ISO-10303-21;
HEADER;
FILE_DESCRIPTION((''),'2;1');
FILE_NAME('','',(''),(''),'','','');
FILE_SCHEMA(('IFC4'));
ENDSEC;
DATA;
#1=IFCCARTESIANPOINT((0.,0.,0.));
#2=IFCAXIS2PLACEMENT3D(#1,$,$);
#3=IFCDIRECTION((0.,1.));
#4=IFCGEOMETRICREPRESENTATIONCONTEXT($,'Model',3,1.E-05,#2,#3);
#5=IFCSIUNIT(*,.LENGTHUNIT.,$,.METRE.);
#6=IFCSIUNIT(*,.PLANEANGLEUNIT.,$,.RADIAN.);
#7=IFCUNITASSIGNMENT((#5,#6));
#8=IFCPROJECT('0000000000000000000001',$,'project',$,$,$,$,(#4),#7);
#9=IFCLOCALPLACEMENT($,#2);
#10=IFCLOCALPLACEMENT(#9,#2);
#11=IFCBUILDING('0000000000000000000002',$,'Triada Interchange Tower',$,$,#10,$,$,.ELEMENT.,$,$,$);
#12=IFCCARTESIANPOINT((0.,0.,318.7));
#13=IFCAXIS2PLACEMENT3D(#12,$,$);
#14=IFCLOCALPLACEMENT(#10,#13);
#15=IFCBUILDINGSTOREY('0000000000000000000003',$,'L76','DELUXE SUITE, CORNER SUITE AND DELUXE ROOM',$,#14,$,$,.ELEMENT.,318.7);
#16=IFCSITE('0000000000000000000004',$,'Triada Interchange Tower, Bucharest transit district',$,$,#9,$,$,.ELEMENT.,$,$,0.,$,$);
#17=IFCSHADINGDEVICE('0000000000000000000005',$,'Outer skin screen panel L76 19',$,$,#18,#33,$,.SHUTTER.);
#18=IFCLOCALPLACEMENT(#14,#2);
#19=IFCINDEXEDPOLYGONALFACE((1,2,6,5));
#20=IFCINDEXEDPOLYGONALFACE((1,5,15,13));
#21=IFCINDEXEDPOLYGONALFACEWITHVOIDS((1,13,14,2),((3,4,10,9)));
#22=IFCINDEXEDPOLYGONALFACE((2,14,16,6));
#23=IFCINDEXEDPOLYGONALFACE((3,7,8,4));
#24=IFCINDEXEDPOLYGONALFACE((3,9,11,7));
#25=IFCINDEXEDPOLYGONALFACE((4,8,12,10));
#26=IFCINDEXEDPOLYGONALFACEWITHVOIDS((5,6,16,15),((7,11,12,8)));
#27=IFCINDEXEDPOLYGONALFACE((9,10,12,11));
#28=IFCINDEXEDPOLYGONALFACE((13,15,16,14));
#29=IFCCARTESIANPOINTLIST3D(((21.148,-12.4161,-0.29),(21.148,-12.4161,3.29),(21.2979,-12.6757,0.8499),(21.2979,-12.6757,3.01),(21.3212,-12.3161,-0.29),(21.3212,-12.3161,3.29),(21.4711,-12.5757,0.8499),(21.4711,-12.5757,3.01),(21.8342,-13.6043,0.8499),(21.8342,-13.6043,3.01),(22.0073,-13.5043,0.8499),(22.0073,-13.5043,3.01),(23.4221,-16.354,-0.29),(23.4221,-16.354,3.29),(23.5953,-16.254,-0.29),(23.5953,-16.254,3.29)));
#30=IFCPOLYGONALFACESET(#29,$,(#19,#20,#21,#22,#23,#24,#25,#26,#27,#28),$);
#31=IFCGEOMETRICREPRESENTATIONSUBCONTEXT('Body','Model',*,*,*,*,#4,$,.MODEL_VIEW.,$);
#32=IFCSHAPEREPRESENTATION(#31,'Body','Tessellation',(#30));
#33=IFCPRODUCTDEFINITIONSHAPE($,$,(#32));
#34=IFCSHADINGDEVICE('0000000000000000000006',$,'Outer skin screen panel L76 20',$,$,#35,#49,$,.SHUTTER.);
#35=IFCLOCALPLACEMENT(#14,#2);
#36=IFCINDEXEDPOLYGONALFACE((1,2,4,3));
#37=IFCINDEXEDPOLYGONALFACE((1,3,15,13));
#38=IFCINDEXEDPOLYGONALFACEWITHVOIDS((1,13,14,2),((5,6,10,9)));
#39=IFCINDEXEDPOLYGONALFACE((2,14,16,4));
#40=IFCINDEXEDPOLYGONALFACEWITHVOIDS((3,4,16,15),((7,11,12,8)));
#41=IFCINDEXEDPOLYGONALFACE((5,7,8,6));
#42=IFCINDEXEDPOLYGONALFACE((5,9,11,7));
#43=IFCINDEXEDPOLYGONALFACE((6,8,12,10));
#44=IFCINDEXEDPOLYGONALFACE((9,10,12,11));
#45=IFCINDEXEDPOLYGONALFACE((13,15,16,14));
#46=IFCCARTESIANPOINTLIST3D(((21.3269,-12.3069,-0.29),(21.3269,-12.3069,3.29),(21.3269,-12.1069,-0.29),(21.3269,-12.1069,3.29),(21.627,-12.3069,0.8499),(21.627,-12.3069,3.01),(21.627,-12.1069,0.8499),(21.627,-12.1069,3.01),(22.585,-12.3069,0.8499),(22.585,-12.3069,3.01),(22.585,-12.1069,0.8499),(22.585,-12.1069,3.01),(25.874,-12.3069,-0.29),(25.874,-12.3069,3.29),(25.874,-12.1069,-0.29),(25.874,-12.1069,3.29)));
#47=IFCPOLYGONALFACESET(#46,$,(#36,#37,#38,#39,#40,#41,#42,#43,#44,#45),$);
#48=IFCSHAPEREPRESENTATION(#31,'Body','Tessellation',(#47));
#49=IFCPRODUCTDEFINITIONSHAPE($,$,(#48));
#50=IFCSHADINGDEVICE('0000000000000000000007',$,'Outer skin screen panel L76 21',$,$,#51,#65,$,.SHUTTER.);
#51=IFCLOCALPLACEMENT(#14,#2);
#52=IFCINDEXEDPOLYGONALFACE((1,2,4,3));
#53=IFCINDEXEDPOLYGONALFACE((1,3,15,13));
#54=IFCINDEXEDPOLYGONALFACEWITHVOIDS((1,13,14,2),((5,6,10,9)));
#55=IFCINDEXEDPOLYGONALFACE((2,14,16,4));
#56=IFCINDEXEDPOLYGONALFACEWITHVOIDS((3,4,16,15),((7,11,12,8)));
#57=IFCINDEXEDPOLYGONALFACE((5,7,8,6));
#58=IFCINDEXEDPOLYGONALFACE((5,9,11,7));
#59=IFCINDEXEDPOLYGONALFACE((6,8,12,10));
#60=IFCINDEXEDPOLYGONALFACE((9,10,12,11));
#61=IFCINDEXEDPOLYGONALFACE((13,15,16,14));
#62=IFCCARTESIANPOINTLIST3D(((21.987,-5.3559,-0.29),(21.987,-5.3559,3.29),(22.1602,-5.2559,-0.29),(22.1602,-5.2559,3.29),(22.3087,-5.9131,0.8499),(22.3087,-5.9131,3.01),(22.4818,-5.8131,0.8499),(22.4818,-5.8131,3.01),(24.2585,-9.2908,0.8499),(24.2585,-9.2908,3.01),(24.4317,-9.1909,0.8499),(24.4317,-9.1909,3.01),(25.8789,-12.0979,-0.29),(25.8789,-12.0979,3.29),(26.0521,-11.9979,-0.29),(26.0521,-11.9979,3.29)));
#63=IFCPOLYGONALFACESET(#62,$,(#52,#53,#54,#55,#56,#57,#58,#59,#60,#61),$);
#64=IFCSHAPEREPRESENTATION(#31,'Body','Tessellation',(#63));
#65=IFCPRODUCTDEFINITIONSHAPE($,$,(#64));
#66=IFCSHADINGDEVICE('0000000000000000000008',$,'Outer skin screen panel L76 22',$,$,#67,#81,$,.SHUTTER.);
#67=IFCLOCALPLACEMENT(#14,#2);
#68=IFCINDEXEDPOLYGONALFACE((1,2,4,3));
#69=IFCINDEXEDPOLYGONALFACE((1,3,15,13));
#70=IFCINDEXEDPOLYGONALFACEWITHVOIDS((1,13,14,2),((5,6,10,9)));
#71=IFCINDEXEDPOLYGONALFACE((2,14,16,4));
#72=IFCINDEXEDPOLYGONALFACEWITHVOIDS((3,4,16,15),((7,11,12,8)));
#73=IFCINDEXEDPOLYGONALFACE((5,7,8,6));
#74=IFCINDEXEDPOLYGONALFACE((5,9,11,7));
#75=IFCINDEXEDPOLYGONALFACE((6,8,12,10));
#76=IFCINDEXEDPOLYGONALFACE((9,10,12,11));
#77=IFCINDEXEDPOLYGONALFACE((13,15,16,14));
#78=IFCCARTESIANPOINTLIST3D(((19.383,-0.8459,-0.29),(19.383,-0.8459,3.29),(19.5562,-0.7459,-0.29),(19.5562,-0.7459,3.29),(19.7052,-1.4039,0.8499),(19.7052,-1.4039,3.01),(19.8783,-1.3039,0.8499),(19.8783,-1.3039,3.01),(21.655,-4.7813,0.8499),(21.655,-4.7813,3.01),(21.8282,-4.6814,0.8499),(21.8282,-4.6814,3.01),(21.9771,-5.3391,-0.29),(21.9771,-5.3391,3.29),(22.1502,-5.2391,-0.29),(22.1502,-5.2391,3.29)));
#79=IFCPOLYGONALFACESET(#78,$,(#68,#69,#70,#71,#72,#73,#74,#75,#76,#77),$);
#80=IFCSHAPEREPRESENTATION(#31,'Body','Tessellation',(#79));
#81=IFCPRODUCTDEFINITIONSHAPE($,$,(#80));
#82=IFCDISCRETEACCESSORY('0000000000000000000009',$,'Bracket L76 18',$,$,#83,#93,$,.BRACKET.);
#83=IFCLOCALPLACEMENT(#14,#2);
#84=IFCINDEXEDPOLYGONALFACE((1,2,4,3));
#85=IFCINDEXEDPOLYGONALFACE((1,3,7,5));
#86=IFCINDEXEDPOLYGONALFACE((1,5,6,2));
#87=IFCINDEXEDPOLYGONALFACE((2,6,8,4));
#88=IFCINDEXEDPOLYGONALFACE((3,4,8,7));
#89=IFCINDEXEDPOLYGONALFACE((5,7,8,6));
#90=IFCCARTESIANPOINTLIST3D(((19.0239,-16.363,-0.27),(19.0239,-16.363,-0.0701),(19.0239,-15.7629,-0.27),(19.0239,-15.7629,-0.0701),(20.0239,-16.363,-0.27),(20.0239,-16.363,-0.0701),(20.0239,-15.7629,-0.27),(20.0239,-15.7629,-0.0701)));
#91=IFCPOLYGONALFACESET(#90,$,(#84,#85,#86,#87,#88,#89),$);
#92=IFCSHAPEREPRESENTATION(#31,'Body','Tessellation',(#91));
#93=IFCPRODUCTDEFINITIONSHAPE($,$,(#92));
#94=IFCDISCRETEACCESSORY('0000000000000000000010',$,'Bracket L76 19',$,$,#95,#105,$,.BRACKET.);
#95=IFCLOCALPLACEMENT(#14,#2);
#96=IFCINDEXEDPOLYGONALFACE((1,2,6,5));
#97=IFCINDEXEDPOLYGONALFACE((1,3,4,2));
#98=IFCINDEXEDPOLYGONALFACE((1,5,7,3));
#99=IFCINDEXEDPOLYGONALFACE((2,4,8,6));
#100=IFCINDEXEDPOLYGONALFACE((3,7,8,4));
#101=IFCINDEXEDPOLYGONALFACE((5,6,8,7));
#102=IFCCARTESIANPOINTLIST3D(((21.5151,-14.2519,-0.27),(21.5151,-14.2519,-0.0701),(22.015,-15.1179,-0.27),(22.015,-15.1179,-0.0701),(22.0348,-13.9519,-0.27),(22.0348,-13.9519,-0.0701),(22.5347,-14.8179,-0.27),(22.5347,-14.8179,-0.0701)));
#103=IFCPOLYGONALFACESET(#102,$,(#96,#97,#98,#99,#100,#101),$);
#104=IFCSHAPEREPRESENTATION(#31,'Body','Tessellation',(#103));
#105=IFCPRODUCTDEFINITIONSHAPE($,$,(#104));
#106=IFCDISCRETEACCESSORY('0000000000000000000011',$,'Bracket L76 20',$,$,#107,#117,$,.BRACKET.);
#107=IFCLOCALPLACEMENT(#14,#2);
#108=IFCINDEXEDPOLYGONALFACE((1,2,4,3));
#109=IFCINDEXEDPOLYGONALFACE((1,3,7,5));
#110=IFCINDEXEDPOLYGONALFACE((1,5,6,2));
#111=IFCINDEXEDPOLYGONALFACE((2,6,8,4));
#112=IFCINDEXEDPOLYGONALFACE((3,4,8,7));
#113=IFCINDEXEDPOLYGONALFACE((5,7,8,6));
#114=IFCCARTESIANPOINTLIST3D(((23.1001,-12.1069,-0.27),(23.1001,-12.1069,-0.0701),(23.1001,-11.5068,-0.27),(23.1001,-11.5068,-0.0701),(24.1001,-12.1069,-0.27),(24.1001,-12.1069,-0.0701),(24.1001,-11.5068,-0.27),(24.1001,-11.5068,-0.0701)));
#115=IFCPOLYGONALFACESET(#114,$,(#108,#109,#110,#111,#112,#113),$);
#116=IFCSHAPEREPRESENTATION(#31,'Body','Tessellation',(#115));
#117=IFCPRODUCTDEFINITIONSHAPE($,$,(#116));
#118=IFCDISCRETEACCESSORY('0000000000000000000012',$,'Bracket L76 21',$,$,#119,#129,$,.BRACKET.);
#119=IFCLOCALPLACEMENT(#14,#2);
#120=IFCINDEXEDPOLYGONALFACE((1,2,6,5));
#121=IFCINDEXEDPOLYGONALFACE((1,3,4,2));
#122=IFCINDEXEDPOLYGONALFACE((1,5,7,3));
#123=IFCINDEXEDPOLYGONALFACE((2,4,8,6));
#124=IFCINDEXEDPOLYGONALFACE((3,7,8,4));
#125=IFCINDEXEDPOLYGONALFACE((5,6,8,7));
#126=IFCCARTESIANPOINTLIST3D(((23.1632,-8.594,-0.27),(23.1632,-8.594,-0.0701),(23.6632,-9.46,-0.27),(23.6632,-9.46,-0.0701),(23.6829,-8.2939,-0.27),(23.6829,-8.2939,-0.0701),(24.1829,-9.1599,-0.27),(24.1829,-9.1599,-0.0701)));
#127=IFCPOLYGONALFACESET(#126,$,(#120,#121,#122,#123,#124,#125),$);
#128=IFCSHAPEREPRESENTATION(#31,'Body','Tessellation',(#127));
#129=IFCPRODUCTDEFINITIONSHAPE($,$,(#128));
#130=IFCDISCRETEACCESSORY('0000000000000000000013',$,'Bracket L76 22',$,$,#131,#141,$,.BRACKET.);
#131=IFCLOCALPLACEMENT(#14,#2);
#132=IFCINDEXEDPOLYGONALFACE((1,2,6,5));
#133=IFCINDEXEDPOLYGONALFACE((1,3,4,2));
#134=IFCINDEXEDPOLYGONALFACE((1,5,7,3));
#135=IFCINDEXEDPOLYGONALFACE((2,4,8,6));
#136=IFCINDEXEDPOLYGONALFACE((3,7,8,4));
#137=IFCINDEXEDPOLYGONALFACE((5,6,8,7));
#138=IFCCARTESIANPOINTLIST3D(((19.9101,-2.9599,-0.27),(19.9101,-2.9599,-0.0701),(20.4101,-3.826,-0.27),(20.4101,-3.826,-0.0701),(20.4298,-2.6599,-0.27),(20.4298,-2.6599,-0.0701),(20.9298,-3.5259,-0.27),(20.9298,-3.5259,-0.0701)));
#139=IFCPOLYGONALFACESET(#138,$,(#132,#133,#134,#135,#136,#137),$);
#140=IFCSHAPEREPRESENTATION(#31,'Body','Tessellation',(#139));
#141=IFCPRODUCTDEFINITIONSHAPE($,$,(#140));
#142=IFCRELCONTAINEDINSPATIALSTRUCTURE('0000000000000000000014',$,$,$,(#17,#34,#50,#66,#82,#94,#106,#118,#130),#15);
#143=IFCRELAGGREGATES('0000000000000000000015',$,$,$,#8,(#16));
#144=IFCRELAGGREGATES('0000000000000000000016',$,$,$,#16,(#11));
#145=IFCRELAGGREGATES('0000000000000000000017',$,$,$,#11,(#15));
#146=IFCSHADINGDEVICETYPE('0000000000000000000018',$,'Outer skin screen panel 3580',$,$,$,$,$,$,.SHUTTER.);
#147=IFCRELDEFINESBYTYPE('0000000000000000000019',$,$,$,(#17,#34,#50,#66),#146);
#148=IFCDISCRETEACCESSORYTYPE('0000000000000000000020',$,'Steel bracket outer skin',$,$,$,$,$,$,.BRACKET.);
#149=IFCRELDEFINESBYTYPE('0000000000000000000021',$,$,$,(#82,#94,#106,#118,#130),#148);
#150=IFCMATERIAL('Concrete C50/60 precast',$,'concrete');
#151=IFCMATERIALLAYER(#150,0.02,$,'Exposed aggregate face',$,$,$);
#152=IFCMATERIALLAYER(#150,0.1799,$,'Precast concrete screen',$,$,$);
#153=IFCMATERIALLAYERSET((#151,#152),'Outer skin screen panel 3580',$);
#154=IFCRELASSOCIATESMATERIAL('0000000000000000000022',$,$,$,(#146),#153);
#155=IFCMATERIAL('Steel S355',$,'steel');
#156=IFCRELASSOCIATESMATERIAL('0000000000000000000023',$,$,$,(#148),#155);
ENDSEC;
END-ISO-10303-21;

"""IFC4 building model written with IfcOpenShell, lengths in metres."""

from ifc_helpers import new_model, si_unit, direction, frame, origin, origin_2d, place, context, subcontext, project, spatial, polyline, rectangle, outline, extrude, material, layer, layer_set, type_object, element, save


model = new_model("IFC4")

# Units and contexts
model_context = context("Model", 3, precision=1e-05, world=origin(), true_north=direction((0.0, 1.0)))
body_context = subcontext(model_context, "Body", "Model", "MODEL_VIEW")
ifc_project = project(units=[si_unit("LENGTHUNIT", "METRE"), si_unit("PLANEANGLEUNIT", "RADIAN")], contexts=[model_context])

# Site, building, storey
site_placement = place(None, origin())
site = spatial("IfcSite", under=ifc_project, at=site_placement, Name="Triada Interchange Tower, Bucharest transit district", CompositionType="ELEMENT", RefElevation=0.0)
building_placement = place(site_placement, origin())
building = spatial("IfcBuilding", under=site, at=building_placement, Name="Triada Interchange Tower", CompositionType="ELEMENT")
storey_placement = place(building_placement, frame((0.0, 0.0, 318.7)))
storey = spatial("IfcBuildingStorey", under=building, at=storey_placement, Name="L76", Description="DELUXE SUITE, CORNER SUITE AND DELUXE ROOM", CompositionType="ELEMENT", Elevation=318.7)

# Shading devices
ifc_material_1 = material(Name="Concrete C50/60 precast", Category="concrete")
ifc_layer_1 = layer(ifc_material_1, 0.02, Name="Exposed aggregate face")
ifc_layer_2 = layer(ifc_material_1, 0.1799, Name="Precast concrete screen")
ifc_layer_set_1 = layer_set([ifc_layer_1, ifc_layer_2], Name="Outer skin screen panel 3580")
shading_device_type = type_object("IfcShadingDeviceType", Name="Outer skin screen panel 3580", PredefinedType="SHUTTER", material=ifc_layer_set_1)
shading_device_1_placement = place(storey_placement, frame((23.4221, -16.354, -0.29), z_axis=(0.0, 0.0, 1.0), x_axis=(-0.500094, 0.865971, 0.0)))
element("IfcShadingDevice", 1, at=shading_device_1_placement, inside=storey, type_object=shading_device_type, Name="Outer skin screen panel L76 19", PredefinedType="SHUTTER", context=body_context, shape_type="SweptSolid", body=[
    extrude(outline(polyline([(0.0, 0.0), (4.5474, 0.0), (4.5474, 3.5801), (0.0, 3.5801), (0.0, 0.0)]), holes=[polyline([(3.1753, 1.1399), (3.1753, 3.3), (4.2476, 3.3), (4.2476, 1.1399), (3.1753, 1.1399)])]), frame((0.0, 0.0, 0.0), z_axis=(0.0, -1.0, 0.0), x_axis=(1.0, 0.0, 0.0)), (0.0, 0.0, 1.0), 0.2),
])
shading_device_2_placement = place(storey_placement, frame((21.3269, -12.1069, -0.29), z_axis=(0.0, 0.0, 1.0), x_axis=(1.0, 0.0, 0.0)))
element("IfcShadingDevice", 2, at=shading_device_2_placement, inside=storey, type_object=shading_device_type, Name="Outer skin screen panel L76 20", PredefinedType="SHUTTER", context=body_context, shape_type="SweptSolid", body=[
    extrude(outline(polyline([(0.0, 0.0), (4.5471, 0.0), (4.5471, 3.5801), (0.0, 3.5801), (0.0, 0.0)]), holes=[polyline([(0.3, 1.1399), (0.3, 3.3), (1.2581, 3.3), (1.2581, 1.1399), (0.3, 1.1399)])]), frame((0.0, 0.0, 0.0), z_axis=(0.0, -1.0, 0.0), x_axis=(1.0, 0.0, 0.0)), (0.0, 0.0, 1.0), 0.2),
])
shading_device_3_placement = place(storey_placement, frame((25.8789, -12.0979, -0.29), z_axis=(0.0, 0.0, 1.0), x_axis=(-0.499941, 0.86606, 0.0)))
element("IfcShadingDevice", 3, at=shading_device_3_placement, inside=storey, type_object=shading_device_type, Name="Outer skin screen panel L76 21", PredefinedType="SHUTTER", context=body_context, shape_type="SweptSolid", body=[
    extrude(outline(polyline([(0.0, 0.0), (7.7847, 0.0), (7.7847, 3.5801), (0.0, 3.5801), (0.0, 0.0)]), holes=[polyline([(3.2412, 1.1399), (3.2412, 3.3), (7.1414, 3.3), (7.1414, 1.1399), (3.2412, 1.1399)])]), frame((0.0, 0.0, 0.0), z_axis=(0.0, -1.0, 0.0), x_axis=(1.0, 0.0, 0.0)), (0.0, 0.0, 1.0), 0.2),
])
shading_device_4_placement = place(storey_placement, frame((21.9771, -5.3391, -0.29), z_axis=(0.0, 0.0, 1.0), x_axis=(-0.49998, 0.866037, 0.0)))
element("IfcShadingDevice", 4, at=shading_device_4_placement, inside=storey, type_object=shading_device_type, Name="Outer skin screen panel L76 22", PredefinedType="SHUTTER", context=body_context, shape_type="SweptSolid", body=[
    extrude(outline(polyline([(0.0, 0.0), (5.1882, 0.0), (5.1882, 3.5801), (0.0, 3.5801), (0.0, 0.0)]), holes=[polyline([(0.644, 1.1399), (0.644, 3.3), (4.5439, 3.3), (4.5439, 1.1399), (0.644, 1.1399)])]), frame((0.0, 0.0, 0.0), z_axis=(0.0, -1.0, 0.0), x_axis=(1.0, 0.0, 0.0)), (0.0, 0.0, 1.0), 0.2),
])

# Discrete accessories
ifc_material_2 = material(Name="Steel S355", Category="steel")
discrete_accessory_type = type_object("IfcDiscreteAccessoryType", Name="Steel bracket outer skin", PredefinedType="BRACKET", material=ifc_material_2)
for number, where, z_axis, x_axis, name in (
    (5, (19.5239, -16.063, -0.27), (0.0, 0.0, 1.0), (0.0, -1.0, 0.0), "Bracket L76 18"),
    (6, (22.0249, -14.5349, -0.27), (0.0, 0.0, 1.0), (0.866043, 0.499969, 0.0), "Bracket L76 19"),
    (7, (23.6001, -11.8069, -0.27), (0.0, 0.0, 1.0), (0.0, -1.0, 0.0), "Bracket L76 20"),
    (8, (23.6731, -8.877, -0.27), (0.0, 0.0, 1.0), (0.866025, 0.500001, 0.0), "Bracket L76 21"),
    (9, (20.4199, -3.2429, -0.27), (0.0, 0.0, 1.0), (0.866025, 0.500001, 0.0), "Bracket L76 22"),
):
    element("IfcDiscreteAccessory", number, at=place(storey_placement, frame(where, z_axis=z_axis, x_axis=x_axis)), inside=storey, type_object=discrete_accessory_type, Name=name, PredefinedType="BRACKET", context=body_context, shape_type="SweptSolid", body=[
        extrude(rectangle(XDim=0.6001, YDim=1.0, at=origin_2d()), origin(), (0.0, 0.0, 1.0), 0.2),
    ])

save(model, "model.ifc")
